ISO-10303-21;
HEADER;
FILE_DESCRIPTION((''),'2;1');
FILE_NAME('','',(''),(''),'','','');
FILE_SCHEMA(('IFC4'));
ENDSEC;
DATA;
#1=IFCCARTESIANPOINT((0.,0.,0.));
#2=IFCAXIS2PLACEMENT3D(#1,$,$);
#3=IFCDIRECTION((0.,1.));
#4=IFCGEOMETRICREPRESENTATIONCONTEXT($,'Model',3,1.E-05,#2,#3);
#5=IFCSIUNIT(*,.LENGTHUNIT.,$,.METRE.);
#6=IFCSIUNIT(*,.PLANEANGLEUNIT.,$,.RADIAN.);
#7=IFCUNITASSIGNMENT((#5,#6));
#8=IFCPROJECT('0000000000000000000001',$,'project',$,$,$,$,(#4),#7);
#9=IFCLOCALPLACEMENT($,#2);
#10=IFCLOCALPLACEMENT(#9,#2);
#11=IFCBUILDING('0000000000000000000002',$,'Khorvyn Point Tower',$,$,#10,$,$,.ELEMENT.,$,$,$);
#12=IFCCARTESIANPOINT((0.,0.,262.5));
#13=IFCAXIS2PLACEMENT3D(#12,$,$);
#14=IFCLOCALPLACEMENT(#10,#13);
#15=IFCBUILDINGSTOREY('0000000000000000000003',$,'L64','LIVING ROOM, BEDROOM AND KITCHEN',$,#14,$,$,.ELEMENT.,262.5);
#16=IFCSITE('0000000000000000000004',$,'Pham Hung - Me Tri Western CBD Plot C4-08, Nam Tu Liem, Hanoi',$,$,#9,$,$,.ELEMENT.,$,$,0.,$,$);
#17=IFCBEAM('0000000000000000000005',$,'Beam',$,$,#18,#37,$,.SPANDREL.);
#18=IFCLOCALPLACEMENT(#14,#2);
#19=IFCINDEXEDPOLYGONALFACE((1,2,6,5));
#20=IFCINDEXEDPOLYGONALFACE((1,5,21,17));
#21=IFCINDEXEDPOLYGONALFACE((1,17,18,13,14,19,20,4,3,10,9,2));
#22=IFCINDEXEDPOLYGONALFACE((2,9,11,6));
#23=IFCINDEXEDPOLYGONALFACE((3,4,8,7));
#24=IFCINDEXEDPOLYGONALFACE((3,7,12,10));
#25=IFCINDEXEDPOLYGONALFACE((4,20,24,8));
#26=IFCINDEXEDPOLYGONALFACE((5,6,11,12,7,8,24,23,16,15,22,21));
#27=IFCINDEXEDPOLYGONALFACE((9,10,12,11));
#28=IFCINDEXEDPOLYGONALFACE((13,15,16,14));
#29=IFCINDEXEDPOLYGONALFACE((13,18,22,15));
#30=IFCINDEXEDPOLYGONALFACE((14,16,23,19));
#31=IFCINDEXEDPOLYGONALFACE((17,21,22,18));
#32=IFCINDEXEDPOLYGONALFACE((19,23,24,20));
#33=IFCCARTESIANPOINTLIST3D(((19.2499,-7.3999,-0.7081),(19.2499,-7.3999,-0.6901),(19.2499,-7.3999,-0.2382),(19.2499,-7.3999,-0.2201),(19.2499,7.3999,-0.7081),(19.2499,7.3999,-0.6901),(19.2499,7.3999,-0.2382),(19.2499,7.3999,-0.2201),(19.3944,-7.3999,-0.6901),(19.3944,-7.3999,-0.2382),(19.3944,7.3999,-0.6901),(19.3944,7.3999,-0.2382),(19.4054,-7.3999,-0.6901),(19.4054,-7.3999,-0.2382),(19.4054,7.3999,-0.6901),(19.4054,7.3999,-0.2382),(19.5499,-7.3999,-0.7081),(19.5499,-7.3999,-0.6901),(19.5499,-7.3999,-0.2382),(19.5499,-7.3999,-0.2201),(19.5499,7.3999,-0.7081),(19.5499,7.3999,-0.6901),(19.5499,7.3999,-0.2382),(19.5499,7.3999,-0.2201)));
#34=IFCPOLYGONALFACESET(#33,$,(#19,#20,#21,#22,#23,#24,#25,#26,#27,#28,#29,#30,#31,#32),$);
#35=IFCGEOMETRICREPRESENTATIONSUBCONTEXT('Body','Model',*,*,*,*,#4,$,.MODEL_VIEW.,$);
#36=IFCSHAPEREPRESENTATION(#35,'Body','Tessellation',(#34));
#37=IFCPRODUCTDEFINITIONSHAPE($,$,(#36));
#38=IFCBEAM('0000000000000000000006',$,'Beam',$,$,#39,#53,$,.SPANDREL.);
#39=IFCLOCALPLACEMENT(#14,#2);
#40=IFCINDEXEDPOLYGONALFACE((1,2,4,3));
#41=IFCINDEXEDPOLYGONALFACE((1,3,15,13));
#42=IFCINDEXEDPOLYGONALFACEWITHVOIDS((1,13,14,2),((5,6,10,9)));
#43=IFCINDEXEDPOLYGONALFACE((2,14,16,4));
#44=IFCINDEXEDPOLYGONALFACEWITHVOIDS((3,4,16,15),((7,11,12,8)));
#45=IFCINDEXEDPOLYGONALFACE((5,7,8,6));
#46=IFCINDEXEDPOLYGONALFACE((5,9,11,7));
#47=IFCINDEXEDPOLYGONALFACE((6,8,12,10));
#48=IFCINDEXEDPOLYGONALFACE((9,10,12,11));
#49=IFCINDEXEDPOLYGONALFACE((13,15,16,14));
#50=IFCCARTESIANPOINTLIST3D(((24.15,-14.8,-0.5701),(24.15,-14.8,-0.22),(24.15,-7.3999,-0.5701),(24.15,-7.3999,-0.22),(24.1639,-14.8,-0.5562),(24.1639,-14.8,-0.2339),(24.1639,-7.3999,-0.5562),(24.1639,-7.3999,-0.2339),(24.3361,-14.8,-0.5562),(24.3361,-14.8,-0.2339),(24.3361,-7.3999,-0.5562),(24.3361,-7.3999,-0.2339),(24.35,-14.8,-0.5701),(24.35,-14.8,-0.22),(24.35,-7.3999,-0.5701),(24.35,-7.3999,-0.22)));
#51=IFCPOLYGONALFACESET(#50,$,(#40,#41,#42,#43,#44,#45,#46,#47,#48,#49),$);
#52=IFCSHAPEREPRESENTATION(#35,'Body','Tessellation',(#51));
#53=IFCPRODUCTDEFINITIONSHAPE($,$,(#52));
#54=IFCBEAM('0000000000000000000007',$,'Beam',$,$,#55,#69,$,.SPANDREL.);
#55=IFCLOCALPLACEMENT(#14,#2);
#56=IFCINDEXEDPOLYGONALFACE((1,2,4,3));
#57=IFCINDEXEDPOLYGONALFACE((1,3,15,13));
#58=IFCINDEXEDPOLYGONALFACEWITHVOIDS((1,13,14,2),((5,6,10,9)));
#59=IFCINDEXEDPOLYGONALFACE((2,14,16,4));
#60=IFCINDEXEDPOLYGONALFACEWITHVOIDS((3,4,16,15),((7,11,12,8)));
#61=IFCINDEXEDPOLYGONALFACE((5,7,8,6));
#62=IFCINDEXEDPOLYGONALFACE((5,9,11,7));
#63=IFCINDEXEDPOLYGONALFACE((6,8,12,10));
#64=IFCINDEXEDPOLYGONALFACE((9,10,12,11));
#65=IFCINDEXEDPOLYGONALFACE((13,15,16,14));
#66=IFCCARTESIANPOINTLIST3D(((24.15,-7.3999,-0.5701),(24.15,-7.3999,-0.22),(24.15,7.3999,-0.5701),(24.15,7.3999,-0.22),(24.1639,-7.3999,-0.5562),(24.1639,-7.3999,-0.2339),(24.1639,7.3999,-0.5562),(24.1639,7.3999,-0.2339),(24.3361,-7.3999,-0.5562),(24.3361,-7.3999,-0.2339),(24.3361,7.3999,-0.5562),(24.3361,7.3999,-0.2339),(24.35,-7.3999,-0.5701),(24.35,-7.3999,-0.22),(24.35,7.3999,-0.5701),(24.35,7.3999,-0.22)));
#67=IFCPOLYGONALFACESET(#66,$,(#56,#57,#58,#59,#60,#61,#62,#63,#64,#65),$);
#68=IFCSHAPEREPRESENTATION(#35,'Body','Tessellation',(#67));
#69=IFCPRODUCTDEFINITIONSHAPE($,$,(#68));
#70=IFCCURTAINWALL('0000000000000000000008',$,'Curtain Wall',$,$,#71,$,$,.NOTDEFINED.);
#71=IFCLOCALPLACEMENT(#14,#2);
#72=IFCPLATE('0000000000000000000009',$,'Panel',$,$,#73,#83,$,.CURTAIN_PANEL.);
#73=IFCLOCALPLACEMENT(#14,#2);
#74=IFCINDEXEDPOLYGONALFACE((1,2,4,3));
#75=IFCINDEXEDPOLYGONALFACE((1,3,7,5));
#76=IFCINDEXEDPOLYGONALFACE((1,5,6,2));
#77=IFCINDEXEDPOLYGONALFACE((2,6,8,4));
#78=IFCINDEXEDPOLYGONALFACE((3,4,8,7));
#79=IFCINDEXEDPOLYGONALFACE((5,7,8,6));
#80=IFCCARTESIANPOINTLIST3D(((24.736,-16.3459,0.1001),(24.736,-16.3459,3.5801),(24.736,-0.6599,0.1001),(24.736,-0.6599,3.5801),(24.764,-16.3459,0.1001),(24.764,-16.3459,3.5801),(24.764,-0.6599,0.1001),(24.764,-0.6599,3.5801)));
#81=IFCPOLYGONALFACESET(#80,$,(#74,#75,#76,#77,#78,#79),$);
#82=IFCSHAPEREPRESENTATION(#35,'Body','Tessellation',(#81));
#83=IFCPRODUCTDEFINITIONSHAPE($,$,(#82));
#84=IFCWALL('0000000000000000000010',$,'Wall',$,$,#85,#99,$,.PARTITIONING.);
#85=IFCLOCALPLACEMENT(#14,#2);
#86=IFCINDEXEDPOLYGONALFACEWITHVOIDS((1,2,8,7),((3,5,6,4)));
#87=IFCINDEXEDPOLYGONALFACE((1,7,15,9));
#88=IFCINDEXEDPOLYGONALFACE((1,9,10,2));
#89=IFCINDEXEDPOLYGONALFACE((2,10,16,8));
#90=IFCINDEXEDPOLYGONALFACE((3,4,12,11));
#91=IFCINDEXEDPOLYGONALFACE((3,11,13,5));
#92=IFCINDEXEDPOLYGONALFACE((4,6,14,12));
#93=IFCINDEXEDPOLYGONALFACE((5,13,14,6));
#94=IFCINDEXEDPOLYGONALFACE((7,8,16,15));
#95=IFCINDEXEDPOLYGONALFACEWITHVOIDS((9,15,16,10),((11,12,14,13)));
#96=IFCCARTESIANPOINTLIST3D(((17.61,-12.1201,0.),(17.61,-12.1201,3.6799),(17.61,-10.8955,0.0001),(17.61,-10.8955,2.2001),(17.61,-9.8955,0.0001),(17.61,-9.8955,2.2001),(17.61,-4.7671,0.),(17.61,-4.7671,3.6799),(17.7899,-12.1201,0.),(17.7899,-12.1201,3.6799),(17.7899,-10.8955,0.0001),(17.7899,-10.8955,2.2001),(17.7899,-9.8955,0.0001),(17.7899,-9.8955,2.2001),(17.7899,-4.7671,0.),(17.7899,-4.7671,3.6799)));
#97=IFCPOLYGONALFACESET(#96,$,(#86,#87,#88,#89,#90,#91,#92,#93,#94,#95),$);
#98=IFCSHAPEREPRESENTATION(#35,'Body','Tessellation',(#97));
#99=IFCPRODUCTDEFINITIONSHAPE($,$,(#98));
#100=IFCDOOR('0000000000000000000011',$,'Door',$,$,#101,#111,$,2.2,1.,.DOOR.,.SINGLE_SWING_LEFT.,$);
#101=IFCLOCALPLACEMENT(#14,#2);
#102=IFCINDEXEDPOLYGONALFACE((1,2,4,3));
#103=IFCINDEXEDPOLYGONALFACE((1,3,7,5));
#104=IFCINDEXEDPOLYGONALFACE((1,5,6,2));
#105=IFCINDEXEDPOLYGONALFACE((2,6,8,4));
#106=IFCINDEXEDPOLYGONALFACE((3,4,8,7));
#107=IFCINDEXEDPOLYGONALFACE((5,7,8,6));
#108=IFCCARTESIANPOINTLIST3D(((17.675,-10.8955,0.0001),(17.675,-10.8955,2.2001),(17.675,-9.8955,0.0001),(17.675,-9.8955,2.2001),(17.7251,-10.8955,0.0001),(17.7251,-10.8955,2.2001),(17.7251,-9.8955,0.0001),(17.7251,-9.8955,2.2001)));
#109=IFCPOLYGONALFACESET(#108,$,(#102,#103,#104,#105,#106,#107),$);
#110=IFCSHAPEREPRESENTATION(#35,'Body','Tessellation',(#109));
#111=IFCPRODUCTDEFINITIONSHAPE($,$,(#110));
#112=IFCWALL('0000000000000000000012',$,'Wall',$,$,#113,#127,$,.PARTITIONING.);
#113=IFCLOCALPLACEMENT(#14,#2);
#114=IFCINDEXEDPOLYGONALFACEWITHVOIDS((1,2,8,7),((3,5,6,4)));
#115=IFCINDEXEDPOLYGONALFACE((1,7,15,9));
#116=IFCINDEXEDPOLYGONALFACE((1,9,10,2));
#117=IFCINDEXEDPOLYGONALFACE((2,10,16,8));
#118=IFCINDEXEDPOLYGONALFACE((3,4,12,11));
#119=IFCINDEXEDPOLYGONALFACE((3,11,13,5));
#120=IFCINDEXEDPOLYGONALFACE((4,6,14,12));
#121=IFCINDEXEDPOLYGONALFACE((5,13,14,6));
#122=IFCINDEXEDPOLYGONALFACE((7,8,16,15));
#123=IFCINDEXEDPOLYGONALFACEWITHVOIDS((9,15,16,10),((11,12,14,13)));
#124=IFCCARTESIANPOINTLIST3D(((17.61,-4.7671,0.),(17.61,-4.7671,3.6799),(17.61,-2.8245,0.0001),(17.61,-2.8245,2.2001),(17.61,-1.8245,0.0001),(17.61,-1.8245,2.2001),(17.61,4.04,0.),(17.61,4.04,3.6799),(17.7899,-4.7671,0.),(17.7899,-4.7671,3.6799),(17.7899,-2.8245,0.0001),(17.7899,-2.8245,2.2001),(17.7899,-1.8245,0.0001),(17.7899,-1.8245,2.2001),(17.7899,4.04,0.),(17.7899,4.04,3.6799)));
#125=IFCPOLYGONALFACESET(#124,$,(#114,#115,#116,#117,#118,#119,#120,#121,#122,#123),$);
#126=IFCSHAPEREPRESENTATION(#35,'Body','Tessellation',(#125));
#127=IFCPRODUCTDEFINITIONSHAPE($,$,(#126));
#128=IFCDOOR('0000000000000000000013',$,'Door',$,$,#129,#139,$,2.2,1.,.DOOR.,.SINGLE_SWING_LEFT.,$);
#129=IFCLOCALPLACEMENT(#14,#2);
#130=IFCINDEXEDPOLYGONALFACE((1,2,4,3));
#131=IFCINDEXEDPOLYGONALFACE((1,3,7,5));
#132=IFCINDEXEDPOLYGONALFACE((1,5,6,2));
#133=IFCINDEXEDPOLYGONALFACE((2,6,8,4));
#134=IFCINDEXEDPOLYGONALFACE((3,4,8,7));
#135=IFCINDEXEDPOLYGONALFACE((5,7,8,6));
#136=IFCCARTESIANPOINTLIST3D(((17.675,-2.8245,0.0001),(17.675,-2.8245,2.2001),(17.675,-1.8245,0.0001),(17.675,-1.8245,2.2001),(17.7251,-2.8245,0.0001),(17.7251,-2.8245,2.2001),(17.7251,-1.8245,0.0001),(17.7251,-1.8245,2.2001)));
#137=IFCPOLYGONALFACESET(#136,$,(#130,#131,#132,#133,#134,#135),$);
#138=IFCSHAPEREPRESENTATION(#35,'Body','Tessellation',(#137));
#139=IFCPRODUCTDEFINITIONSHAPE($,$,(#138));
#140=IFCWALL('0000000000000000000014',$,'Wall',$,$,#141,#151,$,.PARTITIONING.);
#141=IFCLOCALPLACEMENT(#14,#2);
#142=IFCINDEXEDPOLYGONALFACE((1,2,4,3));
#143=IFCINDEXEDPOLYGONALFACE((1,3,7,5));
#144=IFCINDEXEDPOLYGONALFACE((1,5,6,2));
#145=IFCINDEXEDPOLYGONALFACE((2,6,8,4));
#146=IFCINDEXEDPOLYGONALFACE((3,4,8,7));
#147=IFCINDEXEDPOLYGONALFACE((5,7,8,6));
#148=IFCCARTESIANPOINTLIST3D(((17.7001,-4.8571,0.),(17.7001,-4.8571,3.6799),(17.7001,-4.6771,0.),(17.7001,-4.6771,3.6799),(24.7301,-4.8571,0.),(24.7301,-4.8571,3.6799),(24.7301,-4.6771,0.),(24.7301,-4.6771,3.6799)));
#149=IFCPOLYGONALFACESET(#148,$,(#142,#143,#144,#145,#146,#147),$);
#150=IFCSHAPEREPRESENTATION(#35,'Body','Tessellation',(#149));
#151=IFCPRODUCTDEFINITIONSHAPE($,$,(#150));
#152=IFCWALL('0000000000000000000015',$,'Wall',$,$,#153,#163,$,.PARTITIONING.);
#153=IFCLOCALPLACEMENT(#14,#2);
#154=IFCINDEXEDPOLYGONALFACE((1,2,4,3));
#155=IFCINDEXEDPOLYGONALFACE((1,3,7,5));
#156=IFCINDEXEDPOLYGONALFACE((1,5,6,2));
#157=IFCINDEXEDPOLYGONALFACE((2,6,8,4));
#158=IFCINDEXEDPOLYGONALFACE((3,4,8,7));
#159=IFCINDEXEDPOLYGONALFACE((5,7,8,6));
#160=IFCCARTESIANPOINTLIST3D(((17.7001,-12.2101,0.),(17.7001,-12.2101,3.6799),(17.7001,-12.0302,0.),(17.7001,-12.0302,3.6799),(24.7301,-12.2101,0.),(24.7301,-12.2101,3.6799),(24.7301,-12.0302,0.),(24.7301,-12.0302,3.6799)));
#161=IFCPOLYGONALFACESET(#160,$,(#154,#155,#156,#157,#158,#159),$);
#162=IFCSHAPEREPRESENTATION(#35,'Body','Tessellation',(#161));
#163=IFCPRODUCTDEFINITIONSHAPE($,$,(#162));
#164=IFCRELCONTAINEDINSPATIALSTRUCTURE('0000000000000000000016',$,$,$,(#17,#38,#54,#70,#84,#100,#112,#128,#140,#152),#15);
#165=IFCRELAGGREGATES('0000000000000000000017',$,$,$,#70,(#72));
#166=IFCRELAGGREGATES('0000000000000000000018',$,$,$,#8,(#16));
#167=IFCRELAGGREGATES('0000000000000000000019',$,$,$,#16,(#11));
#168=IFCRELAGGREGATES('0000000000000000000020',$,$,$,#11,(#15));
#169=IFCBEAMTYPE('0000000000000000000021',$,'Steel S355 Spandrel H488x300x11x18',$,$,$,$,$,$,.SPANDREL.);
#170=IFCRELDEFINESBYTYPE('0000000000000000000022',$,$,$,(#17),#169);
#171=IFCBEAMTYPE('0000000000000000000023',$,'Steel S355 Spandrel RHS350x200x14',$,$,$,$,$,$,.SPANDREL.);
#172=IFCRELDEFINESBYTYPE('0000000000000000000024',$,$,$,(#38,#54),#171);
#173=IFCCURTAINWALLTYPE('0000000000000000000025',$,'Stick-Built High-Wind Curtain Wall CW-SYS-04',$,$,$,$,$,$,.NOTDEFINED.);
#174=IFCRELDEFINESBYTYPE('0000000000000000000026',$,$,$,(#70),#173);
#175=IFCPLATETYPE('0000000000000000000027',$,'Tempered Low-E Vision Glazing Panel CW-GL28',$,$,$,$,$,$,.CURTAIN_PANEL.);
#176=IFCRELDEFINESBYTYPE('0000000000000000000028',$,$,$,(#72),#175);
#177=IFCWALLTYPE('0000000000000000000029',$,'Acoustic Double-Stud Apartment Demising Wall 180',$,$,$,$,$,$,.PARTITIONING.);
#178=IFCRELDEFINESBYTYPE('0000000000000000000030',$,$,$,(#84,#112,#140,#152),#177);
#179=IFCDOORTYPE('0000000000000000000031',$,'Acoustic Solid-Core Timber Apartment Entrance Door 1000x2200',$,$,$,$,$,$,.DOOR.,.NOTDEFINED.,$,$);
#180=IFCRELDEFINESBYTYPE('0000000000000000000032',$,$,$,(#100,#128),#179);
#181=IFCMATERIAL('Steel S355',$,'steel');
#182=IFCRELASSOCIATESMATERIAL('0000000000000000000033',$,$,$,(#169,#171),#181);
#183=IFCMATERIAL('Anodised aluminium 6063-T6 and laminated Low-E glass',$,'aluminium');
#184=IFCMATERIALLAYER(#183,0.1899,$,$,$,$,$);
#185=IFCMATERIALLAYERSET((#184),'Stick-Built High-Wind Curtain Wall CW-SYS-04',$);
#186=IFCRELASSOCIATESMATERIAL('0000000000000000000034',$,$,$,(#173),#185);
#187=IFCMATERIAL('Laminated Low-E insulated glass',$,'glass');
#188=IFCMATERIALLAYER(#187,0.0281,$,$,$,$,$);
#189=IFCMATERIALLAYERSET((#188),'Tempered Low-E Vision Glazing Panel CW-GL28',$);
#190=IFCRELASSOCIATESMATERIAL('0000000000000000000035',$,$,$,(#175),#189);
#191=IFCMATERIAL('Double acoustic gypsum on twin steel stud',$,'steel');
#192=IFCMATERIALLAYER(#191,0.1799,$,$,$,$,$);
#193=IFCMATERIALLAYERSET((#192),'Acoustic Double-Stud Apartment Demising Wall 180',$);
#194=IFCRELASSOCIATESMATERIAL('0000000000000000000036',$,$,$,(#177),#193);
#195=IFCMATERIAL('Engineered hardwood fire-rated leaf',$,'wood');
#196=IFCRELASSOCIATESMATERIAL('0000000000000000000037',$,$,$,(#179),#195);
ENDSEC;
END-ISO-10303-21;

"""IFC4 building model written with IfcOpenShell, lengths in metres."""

from ifc_helpers import new_model, si_unit, direction, frame, frame_2d, origin, origin_2d, place, context, subcontext, project, spatial, rectangle, hollow_rectangle, i_section, extrude, material, layer, layer_set, material_profile, profile_set, type_object, element, fill, aggregate, save


model = new_model("IFC4")

# Units and contexts
model_context = context("Model", 3, precision=1e-05, world=origin(), true_north=direction((0.0, 1.0)))
body_context = subcontext(model_context, "Body", "Model", "MODEL_VIEW")
ifc_project = project(units=[si_unit("LENGTHUNIT", "METRE"), si_unit("PLANEANGLEUNIT", "RADIAN")], contexts=[model_context])

# Site, building, storey
site_placement = place(None, origin())
site = spatial("IfcSite", under=ifc_project, at=site_placement, Name="Pham Hung - Me Tri Western CBD Plot C4-08, Nam Tu Liem, Hanoi", CompositionType="ELEMENT", RefElevation=0.0)
building_placement = place(site_placement, origin())
building = spatial("IfcBuilding", under=site, at=building_placement, Name="Khorvyn Point Tower", CompositionType="ELEMENT")
storey_placement = place(building_placement, frame((0.0, 0.0, 262.5)))
storey = spatial("IfcBuildingStorey", under=building, at=storey_placement, Name="L64", Description="LIVING ROOM, BEDROOM AND KITCHEN", CompositionType="ELEMENT", Elevation=262.5)

# Shared definitions
ifc_material_1 = material(Name="Steel S355", Category="steel")

# Beams
ifc_material_profile_1 = material_profile(ifc_material_1, i_section(OverallWidth=0.3, OverallDepth=0.488, WebThickness=0.011, FlangeThickness=0.0181, at=origin_2d()))
ifc_profile_set_1 = profile_set([ifc_material_profile_1], Name="Steel S355 H488x300x11x18")
beam_type_1 = type_object("IfcBeamType", Name="Steel S355 Spandrel H488x300x11x18", PredefinedType="SPANDREL", material=ifc_profile_set_1)
beam_1_placement = place(storey_placement, frame((19.3999, -7.3999, -0.4641), z_axis=(0.0, 1.0, 0.0), x_axis=(-1.0, 0.0, 0.0)))
element("IfcBeam", 1, at=beam_1_placement, inside=storey, type_object=beam_type_1, Name="Beam", PredefinedType="SPANDREL", context=body_context, shape_type="SweptSolid", body=[
    extrude(i_section(OverallWidth=0.3, OverallDepth=0.488, WebThickness=0.011, FlangeThickness=0.0181, at=origin_2d()), origin(), (0.0, 0.0, 1.0), 14.7998),
])
ifc_material_profile_2 = material_profile(ifc_material_1, hollow_rectangle(XDim=0.2, YDim=0.3501, WallThickness=0.0139, at=origin_2d()))
ifc_profile_set_2 = profile_set([ifc_material_profile_2], Name="Steel S355 RHS350x200x14")
beam_type_2 = type_object("IfcBeamType", Name="Steel S355 Spandrel RHS350x200x14", PredefinedType="SPANDREL", material=ifc_profile_set_2)
beam_2_placement = place(storey_placement, frame((24.25, -14.8, -0.395), z_axis=(0.0, 1.0, 0.0), x_axis=(-1.0, 0.0, 0.0)))
element("IfcBeam", 2, at=beam_2_placement, inside=storey, type_object=beam_type_2, Name="Beam", PredefinedType="SPANDREL", context=body_context, shape_type="SweptSolid", body=[
    extrude(hollow_rectangle(XDim=0.2, YDim=0.3501, WallThickness=0.0139, at=origin_2d()), origin(), (0.0, 0.0, 1.0), 7.4001),
])
beam_3_placement = place(storey_placement, frame((24.25, -7.3999, -0.395), z_axis=(0.0, 1.0, 0.0), x_axis=(-1.0, 0.0, 0.0)))
element("IfcBeam", 3, at=beam_3_placement, inside=storey, type_object=beam_type_2, Name="Beam", PredefinedType="SPANDREL", context=body_context, shape_type="SweptSolid", body=[
    extrude(hollow_rectangle(XDim=0.2, YDim=0.3501, WallThickness=0.0139, at=origin_2d()), origin(), (0.0, 0.0, 1.0), 14.7998),
])

# Curtain wall, plate
ifc_material_2 = material(Name="Anodised aluminium 6063-T6 and laminated Low-E glass", Category="aluminium")
ifc_layer_1 = layer(ifc_material_2, 0.1899)
ifc_layer_set_1 = layer_set([ifc_layer_1], Name="Stick-Built High-Wind Curtain Wall CW-SYS-04")
curtain_wall_type = type_object("IfcCurtainWallType", Name="Stick-Built High-Wind Curtain Wall CW-SYS-04", PredefinedType="NOTDEFINED", material=ifc_layer_set_1)
curtain_wall_placement = place(storey_placement, origin())
curtain_wall = element("IfcCurtainWall", 4, at=curtain_wall_placement, inside=storey, type_object=curtain_wall_type, Name="Curtain Wall", PredefinedType="NOTDEFINED")
ifc_material_3 = material(Name="Laminated Low-E insulated glass", Category="glass")
ifc_layer_2 = layer(ifc_material_3, 0.0281)
ifc_layer_set_2 = layer_set([ifc_layer_2], Name="Tempered Low-E Vision Glazing Panel CW-GL28")
plate_type = type_object("IfcPlateType", Name="Tempered Low-E Vision Glazing Panel CW-GL28", PredefinedType="CURTAIN_PANEL", material=ifc_layer_set_2)
plate_placement = place(storey_placement, frame((24.75, -8.5029, 0.1001), z_axis=(0.0, 0.0, 1.0), x_axis=(0.0, -1.0, 0.0)))
plate = element("IfcPlate", 5, at=plate_placement, type_object=plate_type, Name="Panel", PredefinedType="CURTAIN_PANEL", context=body_context, shape_type="SweptSolid", body=[
    extrude(rectangle(XDim=15.686, YDim=0.0281, at=origin_2d()), origin(), (0.0, 0.0, 1.0), 3.48),
])
aggregate(curtain_wall, [plate])

# Walls, openings, doors
ifc_material_4 = material(Name="Double acoustic gypsum on twin steel stud", Category="steel")
ifc_layer_3 = layer(ifc_material_4, 0.1799)
ifc_layer_set_3 = layer_set([ifc_layer_3], Name="Acoustic Double-Stud Apartment Demising Wall 180")
wall_type_1 = type_object("IfcWallType", Name="Acoustic Double-Stud Apartment Demising Wall 180", PredefinedType="PARTITIONING", material=ifc_layer_set_3)
wall_1_placement = place(storey_placement, frame((17.7, -12.1201, 0.0), z_axis=(0.0, 0.0, 1.0), x_axis=(0.0, 1.0, 0.0)))
wall_1 = element("IfcWall", 6, at=wall_1_placement, inside=storey, type_object=wall_type_1, Name="Wall", PredefinedType="PARTITIONING", context=body_context, shape_type="SweptSolid", body=[
    extrude(rectangle(XDim=7.353, YDim=0.1799, at=frame_2d((3.6765, 0.0))), origin(), (0.0, 0.0, 1.0), 3.6799),
])
opening_1_placement = place(wall_1_placement, frame((1.2246, 0.0, 0.0)))
opening_1 = element("IfcOpeningElement", 7, at=opening_1_placement, cuts=wall_1, PredefinedType="OPENING", context=body_context, shape_type="SweptSolid", body=[
    extrude(rectangle(XDim=1.0, YDim=2.2, at=frame_2d((0.5, 1.1001))), frame((0.0, 0.0999, 0.0), z_axis=(0.0, -1.0, 0.0), x_axis=(1.0, 0.0, 0.0)), (0.0, 0.0, 1.0), 0.2),
])
ifc_material_5 = material(Name="Engineered hardwood fire-rated leaf", Category="wood")
door_type_1 = type_object("IfcDoorType", Name="Acoustic Solid-Core Timber Apartment Entrance Door 1000x2200", OperationType="NOTDEFINED", PredefinedType="DOOR", material=ifc_material_5)
door_1_placement = place(opening_1_placement, origin())
door_1 = element("IfcDoor", 8, at=door_1_placement, inside=storey, type_object=door_type_1, Name="Door", OperationType="SINGLE_SWING_LEFT", OverallHeight=2.2, OverallWidth=1.0, PredefinedType="DOOR", context=body_context, shape_type="SweptSolid", body=[
    extrude(rectangle(XDim=1.0, YDim=2.2, at=frame_2d((0.5, 1.1001))), frame((0.0, 0.0249, 0.0), z_axis=(0.0, -1.0, 0.0), x_axis=(1.0, 0.0, 0.0)), (0.0, 0.0, 1.0), 0.05),
])
fill(opening_1, door_1)
wall_2_placement = place(storey_placement, frame((17.7, -4.7671, 0.0), z_axis=(0.0, 0.0, 1.0), x_axis=(0.0, 1.0, 0.0)))
wall_2 = element("IfcWall", 9, at=wall_2_placement, inside=storey, type_object=wall_type_1, Name="Wall", PredefinedType="PARTITIONING", context=body_context, shape_type="SweptSolid", body=[
    extrude(rectangle(XDim=8.8071, YDim=0.1799, at=frame_2d((4.4036, 0.0))), origin(), (0.0, 0.0, 1.0), 3.6799),
])
opening_2_placement = place(wall_2_placement, frame((1.9426, 0.0, 0.0)))
opening_2 = element("IfcOpeningElement", 10, at=opening_2_placement, cuts=wall_2, PredefinedType="OPENING", context=body_context, shape_type="SweptSolid", body=[
    extrude(rectangle(XDim=1.0, YDim=2.2, at=frame_2d((0.5, 1.1001))), frame((0.0, 0.0999, 0.0), z_axis=(0.0, -1.0, 0.0), x_axis=(1.0, 0.0, 0.0)), (0.0, 0.0, 1.0), 0.2),
])
door_2_placement = place(opening_2_placement, origin())
door_2 = element("IfcDoor", 11, at=door_2_placement, inside=storey, type_object=door_type_1, Name="Door", OperationType="SINGLE_SWING_LEFT", OverallHeight=2.2, OverallWidth=1.0, PredefinedType="DOOR", context=body_context, shape_type="SweptSolid", body=[
    extrude(rectangle(XDim=1.0, YDim=2.2, at=frame_2d((0.5, 1.1001))), frame((0.0, 0.0249, 0.0), z_axis=(0.0, -1.0, 0.0), x_axis=(1.0, 0.0, 0.0)), (0.0, 0.0, 1.0), 0.05),
])
fill(opening_2, door_2)

# Walls
for number, where, z_axis, x_axis, name in (
    (12, (17.7, -4.7671, 0.0), (0.0, 0.0, 1.0), (1.0, 0.0, 0.0), "Wall"),
    (13, (17.7, -12.1201, 0.0), (0.0, 0.0, 1.0), (1.0, 0.0, 0.0), "Wall"),
):
    element("IfcWall", number, at=place(storey_placement, frame(where, z_axis=z_axis, x_axis=x_axis)), inside=storey, type_object=wall_type_1, Name=name, PredefinedType="PARTITIONING", context=body_context, shape_type="SweptSolid", body=[
        extrude(rectangle(XDim=7.03, YDim=0.1799, at=frame_2d((3.5151, 0.0))), origin(), (0.0, 0.0, 1.0), 3.6799),
    ])

save(model, "model.ifc")
